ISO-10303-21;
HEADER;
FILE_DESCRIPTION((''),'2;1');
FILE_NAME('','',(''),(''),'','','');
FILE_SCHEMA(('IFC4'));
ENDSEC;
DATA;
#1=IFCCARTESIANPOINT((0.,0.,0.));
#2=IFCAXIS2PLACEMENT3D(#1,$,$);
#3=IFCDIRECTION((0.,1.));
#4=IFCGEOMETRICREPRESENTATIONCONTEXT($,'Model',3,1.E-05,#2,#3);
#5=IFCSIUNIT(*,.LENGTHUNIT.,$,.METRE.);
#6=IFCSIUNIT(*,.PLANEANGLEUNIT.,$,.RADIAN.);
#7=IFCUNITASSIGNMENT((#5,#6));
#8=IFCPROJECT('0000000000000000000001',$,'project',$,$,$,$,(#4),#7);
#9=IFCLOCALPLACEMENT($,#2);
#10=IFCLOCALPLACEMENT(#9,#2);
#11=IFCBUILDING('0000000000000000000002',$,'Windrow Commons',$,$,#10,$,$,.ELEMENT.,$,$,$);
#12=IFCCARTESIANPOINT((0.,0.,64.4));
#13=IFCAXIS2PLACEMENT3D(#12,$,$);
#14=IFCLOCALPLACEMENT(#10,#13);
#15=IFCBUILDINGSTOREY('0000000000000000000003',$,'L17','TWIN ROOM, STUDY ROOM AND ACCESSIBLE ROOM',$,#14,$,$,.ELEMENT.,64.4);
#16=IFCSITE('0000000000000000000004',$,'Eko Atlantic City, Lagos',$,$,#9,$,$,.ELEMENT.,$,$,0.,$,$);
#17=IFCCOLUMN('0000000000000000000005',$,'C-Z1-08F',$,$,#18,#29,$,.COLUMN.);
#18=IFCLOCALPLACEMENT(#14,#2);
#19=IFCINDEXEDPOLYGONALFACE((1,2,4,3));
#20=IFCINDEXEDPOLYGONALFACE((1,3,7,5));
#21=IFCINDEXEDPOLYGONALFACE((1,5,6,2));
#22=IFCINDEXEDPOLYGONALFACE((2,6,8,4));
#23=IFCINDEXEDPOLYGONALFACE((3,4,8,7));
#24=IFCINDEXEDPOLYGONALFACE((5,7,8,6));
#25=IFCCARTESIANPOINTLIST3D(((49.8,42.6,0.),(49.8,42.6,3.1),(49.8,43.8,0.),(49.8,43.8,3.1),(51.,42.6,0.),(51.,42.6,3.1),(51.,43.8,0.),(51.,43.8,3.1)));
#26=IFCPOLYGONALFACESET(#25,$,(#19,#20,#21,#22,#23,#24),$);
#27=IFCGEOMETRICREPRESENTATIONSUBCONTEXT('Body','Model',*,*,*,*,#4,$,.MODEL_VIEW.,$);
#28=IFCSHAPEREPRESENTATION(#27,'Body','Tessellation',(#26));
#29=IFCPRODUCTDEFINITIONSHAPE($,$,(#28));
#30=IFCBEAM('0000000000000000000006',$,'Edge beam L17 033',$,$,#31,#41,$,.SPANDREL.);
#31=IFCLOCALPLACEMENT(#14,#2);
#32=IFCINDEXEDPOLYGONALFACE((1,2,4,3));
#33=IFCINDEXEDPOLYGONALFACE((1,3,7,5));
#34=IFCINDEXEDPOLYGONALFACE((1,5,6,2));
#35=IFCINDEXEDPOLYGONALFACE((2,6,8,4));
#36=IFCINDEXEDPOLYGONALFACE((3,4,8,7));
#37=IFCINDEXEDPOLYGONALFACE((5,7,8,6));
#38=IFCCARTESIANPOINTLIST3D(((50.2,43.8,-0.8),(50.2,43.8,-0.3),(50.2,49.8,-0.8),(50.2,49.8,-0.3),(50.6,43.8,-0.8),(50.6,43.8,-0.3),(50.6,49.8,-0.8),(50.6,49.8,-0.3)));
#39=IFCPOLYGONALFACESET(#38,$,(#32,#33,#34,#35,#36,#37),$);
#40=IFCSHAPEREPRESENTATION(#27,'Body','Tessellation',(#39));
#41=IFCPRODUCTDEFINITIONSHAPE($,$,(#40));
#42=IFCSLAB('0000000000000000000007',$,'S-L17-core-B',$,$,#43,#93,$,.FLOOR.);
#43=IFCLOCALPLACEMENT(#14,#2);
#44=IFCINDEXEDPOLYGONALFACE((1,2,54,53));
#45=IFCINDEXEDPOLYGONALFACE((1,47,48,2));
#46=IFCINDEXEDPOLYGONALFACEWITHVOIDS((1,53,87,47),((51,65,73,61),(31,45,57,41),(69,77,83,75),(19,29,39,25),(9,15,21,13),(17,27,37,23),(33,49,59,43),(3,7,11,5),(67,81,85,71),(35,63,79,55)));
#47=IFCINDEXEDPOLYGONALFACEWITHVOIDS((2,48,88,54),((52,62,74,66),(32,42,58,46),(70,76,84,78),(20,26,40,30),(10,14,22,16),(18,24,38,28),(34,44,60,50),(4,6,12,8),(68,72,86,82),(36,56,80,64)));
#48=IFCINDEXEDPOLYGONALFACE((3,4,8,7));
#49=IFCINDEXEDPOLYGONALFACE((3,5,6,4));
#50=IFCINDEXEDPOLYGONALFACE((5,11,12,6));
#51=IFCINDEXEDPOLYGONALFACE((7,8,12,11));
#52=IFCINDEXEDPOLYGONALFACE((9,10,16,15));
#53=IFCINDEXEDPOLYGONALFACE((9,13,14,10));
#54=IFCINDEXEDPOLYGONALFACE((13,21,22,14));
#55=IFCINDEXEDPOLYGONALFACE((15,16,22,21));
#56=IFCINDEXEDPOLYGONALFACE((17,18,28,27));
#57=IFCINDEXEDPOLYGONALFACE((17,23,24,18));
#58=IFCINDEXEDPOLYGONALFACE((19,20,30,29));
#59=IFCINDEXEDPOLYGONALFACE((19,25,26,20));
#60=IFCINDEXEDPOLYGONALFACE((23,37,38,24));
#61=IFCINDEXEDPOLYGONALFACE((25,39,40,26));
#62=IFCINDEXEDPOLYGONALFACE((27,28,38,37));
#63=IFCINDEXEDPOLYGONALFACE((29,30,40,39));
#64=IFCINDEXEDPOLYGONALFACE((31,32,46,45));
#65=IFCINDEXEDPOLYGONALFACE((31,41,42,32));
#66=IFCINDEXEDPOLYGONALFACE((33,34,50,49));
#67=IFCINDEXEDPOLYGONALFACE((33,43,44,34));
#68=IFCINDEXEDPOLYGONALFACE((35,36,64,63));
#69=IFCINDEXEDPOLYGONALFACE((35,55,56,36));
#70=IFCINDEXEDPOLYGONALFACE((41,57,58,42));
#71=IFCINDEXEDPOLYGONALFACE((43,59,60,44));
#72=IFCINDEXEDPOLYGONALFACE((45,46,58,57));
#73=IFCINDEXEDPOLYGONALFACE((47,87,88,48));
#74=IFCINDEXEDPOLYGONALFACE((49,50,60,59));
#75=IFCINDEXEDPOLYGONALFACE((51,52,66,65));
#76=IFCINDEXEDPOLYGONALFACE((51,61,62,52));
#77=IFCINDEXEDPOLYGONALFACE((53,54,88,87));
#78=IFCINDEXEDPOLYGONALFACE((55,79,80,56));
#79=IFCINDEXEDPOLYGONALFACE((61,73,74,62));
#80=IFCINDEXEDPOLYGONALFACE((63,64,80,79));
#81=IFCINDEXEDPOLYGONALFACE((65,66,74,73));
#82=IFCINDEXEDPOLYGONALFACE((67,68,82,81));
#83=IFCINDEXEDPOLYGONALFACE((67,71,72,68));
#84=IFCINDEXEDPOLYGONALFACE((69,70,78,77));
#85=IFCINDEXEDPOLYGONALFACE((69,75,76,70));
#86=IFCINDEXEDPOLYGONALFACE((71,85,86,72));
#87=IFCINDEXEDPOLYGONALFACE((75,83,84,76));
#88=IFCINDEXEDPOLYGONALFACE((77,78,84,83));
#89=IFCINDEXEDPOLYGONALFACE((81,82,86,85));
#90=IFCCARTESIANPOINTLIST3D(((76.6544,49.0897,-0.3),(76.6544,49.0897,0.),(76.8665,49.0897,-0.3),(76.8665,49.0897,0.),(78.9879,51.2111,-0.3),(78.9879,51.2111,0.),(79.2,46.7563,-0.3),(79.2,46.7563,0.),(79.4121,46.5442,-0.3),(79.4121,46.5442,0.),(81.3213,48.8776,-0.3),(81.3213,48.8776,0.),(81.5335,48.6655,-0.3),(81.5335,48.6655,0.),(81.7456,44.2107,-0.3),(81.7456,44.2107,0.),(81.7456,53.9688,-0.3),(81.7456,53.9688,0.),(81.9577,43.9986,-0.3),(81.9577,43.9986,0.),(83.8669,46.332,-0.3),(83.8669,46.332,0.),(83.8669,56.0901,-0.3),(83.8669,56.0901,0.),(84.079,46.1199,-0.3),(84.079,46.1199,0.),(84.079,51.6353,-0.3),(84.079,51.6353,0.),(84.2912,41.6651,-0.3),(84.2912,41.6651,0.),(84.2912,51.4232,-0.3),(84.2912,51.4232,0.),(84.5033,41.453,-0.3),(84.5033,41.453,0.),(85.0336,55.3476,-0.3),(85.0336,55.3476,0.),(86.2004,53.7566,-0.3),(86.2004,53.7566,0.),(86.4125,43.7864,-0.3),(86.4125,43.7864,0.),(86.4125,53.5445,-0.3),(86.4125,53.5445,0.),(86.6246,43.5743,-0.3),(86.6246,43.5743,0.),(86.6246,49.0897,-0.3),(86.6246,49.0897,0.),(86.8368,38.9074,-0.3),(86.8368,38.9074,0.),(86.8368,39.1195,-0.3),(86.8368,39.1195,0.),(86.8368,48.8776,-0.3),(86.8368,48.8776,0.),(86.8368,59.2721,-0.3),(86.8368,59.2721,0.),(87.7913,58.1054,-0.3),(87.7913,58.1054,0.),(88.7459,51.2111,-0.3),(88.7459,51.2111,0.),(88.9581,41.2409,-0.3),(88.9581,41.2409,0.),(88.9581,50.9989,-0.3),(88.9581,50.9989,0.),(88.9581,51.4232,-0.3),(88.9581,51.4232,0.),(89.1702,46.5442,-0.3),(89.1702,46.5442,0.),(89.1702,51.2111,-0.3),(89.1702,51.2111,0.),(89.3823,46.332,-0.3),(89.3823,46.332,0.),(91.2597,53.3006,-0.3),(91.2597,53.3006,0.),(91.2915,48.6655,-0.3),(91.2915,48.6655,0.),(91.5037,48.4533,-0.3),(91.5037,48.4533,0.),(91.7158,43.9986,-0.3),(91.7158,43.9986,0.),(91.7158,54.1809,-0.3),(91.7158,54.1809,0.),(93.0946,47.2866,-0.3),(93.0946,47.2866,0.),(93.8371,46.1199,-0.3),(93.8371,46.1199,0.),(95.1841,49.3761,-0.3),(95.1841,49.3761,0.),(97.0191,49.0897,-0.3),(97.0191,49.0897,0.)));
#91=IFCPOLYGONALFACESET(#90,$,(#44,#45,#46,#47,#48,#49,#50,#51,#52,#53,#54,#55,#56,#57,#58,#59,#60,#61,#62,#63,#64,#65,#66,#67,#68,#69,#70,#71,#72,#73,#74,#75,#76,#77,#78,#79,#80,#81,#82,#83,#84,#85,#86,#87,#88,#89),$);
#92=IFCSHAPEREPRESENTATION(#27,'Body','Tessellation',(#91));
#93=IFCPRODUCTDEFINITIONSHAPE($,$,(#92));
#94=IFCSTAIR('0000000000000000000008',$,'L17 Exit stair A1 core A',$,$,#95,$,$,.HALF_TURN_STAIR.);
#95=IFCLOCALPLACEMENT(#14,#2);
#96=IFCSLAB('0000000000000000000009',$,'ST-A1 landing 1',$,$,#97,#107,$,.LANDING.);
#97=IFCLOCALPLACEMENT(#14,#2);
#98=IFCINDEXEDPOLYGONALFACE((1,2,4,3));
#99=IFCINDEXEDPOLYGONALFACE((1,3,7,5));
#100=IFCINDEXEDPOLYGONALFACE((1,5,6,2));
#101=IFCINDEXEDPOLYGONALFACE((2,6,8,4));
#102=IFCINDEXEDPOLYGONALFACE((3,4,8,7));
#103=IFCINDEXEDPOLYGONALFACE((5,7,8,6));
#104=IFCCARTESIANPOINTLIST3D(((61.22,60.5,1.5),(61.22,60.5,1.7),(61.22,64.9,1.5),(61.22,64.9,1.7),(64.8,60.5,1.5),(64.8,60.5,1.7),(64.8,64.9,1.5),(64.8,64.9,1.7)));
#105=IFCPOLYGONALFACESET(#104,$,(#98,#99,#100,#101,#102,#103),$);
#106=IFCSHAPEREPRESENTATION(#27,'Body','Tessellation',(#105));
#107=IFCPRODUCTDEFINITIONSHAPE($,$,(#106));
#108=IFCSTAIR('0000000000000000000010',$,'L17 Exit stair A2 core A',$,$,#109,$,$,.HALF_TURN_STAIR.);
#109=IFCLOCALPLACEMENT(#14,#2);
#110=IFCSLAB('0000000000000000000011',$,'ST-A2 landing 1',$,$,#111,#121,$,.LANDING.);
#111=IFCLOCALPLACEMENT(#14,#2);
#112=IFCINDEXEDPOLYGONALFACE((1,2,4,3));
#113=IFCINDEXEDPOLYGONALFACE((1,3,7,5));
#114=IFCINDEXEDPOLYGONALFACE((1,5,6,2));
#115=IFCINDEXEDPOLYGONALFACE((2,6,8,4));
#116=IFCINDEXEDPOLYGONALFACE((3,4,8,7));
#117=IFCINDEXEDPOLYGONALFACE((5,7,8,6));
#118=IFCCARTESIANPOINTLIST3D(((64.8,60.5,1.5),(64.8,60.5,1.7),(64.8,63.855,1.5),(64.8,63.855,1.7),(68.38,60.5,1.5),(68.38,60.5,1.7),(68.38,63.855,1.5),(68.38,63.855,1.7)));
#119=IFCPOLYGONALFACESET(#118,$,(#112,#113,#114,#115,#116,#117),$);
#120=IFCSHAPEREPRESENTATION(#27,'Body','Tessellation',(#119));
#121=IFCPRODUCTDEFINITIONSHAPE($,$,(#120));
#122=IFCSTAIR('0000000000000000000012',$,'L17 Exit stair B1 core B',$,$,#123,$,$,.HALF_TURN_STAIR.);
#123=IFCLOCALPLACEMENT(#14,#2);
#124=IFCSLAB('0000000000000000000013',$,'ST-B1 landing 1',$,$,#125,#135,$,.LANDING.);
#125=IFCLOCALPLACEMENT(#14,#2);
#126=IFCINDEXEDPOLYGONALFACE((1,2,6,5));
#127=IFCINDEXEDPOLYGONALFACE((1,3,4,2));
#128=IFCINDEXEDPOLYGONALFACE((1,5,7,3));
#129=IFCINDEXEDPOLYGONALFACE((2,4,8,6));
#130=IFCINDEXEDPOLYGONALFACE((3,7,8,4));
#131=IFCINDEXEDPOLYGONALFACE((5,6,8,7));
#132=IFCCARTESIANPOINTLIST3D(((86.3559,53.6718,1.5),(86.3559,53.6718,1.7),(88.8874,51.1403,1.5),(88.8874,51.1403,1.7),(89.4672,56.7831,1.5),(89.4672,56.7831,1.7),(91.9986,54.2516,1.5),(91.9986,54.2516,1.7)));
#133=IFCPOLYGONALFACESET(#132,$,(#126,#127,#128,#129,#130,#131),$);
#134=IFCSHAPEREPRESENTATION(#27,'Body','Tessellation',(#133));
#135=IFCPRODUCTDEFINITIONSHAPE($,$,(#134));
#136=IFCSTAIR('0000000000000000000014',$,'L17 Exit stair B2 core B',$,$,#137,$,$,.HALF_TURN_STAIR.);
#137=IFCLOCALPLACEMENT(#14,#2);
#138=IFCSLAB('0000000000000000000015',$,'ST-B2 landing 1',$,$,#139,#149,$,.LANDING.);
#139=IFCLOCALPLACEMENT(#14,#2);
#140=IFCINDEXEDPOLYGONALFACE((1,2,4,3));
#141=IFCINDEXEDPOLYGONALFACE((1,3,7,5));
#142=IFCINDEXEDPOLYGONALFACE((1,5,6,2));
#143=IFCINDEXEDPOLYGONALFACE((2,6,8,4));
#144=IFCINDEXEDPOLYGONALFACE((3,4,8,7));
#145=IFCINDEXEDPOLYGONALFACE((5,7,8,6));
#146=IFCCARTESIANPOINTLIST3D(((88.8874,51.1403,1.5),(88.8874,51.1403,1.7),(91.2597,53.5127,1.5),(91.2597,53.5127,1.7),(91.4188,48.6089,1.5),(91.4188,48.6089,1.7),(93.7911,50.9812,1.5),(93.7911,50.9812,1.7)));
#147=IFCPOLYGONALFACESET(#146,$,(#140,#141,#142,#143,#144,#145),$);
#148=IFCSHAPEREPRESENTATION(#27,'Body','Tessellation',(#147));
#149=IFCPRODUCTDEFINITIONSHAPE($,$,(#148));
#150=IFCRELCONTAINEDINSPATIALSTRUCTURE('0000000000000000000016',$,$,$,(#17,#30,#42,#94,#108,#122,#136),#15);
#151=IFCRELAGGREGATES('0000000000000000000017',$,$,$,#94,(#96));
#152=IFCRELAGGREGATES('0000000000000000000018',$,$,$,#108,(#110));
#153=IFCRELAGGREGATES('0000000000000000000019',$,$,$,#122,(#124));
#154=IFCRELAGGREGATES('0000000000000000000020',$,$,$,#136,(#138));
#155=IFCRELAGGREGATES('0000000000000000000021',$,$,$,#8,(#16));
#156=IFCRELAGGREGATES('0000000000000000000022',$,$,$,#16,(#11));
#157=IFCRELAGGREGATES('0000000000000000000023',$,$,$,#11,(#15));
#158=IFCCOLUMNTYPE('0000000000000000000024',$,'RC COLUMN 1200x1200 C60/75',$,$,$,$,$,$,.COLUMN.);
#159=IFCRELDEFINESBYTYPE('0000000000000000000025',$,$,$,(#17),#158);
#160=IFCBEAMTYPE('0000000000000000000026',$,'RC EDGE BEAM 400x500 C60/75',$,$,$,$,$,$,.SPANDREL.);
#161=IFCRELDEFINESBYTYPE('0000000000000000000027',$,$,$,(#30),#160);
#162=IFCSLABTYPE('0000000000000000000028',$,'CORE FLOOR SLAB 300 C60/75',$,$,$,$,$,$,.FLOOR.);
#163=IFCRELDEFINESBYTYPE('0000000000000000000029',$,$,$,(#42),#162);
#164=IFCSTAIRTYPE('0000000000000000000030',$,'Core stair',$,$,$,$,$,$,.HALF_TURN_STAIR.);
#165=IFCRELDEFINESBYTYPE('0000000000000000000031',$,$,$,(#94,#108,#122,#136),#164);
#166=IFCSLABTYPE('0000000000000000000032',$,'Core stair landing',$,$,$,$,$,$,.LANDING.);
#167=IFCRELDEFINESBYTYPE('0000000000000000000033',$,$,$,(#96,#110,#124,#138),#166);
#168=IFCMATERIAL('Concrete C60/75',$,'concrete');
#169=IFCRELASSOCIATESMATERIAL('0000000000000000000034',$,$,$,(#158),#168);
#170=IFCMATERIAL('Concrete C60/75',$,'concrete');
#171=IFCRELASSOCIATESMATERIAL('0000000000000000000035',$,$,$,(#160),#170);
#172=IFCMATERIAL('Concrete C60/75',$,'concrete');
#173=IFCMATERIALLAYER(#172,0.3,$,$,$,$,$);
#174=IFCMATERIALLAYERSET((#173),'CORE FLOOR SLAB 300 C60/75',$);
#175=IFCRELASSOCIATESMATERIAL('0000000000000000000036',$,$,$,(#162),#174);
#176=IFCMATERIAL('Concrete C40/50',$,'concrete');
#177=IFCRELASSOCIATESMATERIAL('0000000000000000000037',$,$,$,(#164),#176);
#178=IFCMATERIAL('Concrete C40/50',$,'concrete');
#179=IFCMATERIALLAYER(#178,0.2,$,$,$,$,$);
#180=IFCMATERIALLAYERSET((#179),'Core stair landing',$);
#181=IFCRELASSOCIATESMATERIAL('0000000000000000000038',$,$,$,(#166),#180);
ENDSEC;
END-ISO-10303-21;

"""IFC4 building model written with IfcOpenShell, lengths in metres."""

from ifc_helpers import new_model, si_unit, direction, frame, origin, origin_2d, place, context, subcontext, project, spatial, polyline, rectangle, outline, extrude, material, layer, layer_set, material_profile, profile_set, type_object, element, aggregate, save


model = new_model("IFC4")

# Units and contexts
model_context = context("Model", 3, precision=1e-05, world=origin(), true_north=direction((0.0, 1.0)))
body_context = subcontext(model_context, "Body", "Model", "MODEL_VIEW")
ifc_project = project(units=[si_unit("LENGTHUNIT", "METRE"), si_unit("PLANEANGLEUNIT", "RADIAN")], contexts=[model_context])

# Site, building, storey
site_placement = place(None, origin())
site = spatial("IfcSite", under=ifc_project, at=site_placement, Name="Eko Atlantic City, Lagos", CompositionType="ELEMENT", RefElevation=0.0)
building_placement = place(site_placement, origin())
building = spatial("IfcBuilding", under=site, at=building_placement, Name="Windrow Commons", CompositionType="ELEMENT")
storey_placement = place(building_placement, frame((0.0, 0.0, 64.4)))
storey = spatial("IfcBuildingStorey", under=building, at=storey_placement, Name="L17", Description="TWIN ROOM, STUDY ROOM AND ACCESSIBLE ROOM", CompositionType="ELEMENT", Elevation=64.4)

# Column
ifc_material_1 = material(Name="Concrete C60/75", Category="concrete")
ifc_material_profile_1 = material_profile(ifc_material_1, rectangle(XDim=1.2, YDim=1.2, at=origin_2d()))
ifc_profile_set_1 = profile_set([ifc_material_profile_1], Name="Concrete C60/75")
column_type = type_object("IfcColumnType", Name="RC COLUMN 1200x1200 C60/75", PredefinedType="COLUMN", material=ifc_profile_set_1)
column_placement = place(storey_placement, frame((50.4, 43.2, 0.0), z_axis=(0.0, 0.0, 1.0), x_axis=(1.0, 0.0, 0.0)))
element("IfcColumn", 1, at=column_placement, inside=storey, type_object=column_type, Name="C-Z1-08F", PredefinedType="COLUMN", context=body_context, shape_type="SweptSolid", body=[
    extrude(rectangle(XDim=1.2, YDim=1.2, at=origin_2d()), origin(), (0.0, 0.0, 1.0), 3.1),
])

# Beam
ifc_material_2 = material(Name="Concrete C60/75", Category="concrete")
ifc_material_profile_2 = material_profile(ifc_material_2, rectangle(XDim=0.4, YDim=0.5, at=origin_2d()))
ifc_profile_set_2 = profile_set([ifc_material_profile_2], Name="Concrete C60/75")
beam_type = type_object("IfcBeamType", Name="RC EDGE BEAM 400x500 C60/75", PredefinedType="SPANDREL", material=ifc_profile_set_2)
beam_placement = place(storey_placement, frame((50.4, 43.8, -0.55), z_axis=(0.0, 1.0, 0.0), x_axis=(-1.0, 0.0, 0.0)))
element("IfcBeam", 2, at=beam_placement, inside=storey, type_object=beam_type, Name="Edge beam L17 033", PredefinedType="SPANDREL", context=body_context, shape_type="SweptSolid", body=[
    extrude(rectangle(XDim=0.4, YDim=0.5, at=origin_2d()), origin(), (0.0, 0.0, 1.0), 6.0),
])

# Slab, openings
ifc_material_3 = material(Name="Concrete C60/75", Category="concrete")
ifc_layer_1 = layer(ifc_material_3, 0.3)
ifc_layer_set_1 = layer_set([ifc_layer_1], Name="CORE FLOOR SLAB 300 C60/75")
slab_type_1 = type_object("IfcSlabType", Name="CORE FLOOR SLAB 300 C60/75", PredefinedType="FLOOR", material=ifc_layer_set_1)
placement_1 = place(storey_placement, frame((0.0, 0.0, -0.3)))
slab_1 = element("IfcSlab", 3, at=placement_1, inside=storey, type_object=slab_type_1, Name="S-L17-core-B", PredefinedType="FLOOR", context=body_context, shape_type="SweptSolid", body=[
    extrude(outline(polyline([(76.6544, 49.0897), (86.8368, 38.9074), (97.0191, 49.0897), (86.8368, 59.2721), (76.6544, 49.0897)]), holes=[polyline([(76.8665, 49.0897), (79.2, 46.7563), (81.3213, 48.8776), (78.9879, 51.2111), (76.8665, 49.0897)]), polyline([(79.4121, 46.5442), (81.7456, 44.2107), (83.8669, 46.332), (81.5335, 48.6655), (79.4121, 46.5442)]), polyline([(81.9577, 43.9986), (84.2912, 41.6651), (86.4125, 43.7864), (84.079, 46.1199), (81.9577, 43.9986)]), polyline([(84.5033, 41.453), (86.8368, 39.1195), (88.9581, 41.2409), (86.6246, 43.5743), (84.5033, 41.453)]), polyline([(81.7456, 53.9688), (84.079, 51.6353), (86.2004, 53.7566), (83.8669, 56.0901), (81.7456, 53.9688)]), polyline([(84.2912, 51.4232), (86.6246, 49.0897), (88.7459, 51.2111), (86.4125, 53.5445), (84.2912, 51.4232)]), polyline([(86.8368, 48.8776), (89.1702, 46.5442), (91.2915, 48.6655), (88.9581, 50.9989), (86.8368, 48.8776)]), polyline([(89.3823, 46.332), (91.7158, 43.9986), (93.8371, 46.1199), (91.5037, 48.4533), (89.3823, 46.332)]), polyline([(85.0336, 55.3476), (88.9581, 51.4232), (91.7158, 54.1809), (87.7913, 58.1054), (85.0336, 55.3476)]), polyline([(89.1702, 51.2111), (93.0946, 47.2866), (95.1841, 49.3761), (91.2597, 53.3006), (89.1702, 51.2111)])]), origin(), (0.0, 0.0, 1.0), 0.3),
])
opening_1_placement = place(placement_1, origin())
element("IfcOpeningElement", 4, at=opening_1_placement, cuts=slab_1, PredefinedType="OPENING", context=body_context, shape_type="SweptSolid", body=[
    extrude(outline(polyline([(76.8736, 49.0897), (78.9879, 51.204), (81.3142, 48.8776), (79.2, 46.7634), (76.8736, 49.0897)])), origin(), (0.0, 0.0, 1.0), 0.3),
])
opening_2_placement = place(placement_1, origin())
element("IfcOpeningElement", 5, at=opening_2_placement, cuts=slab_1, PredefinedType="OPENING", context=body_context, shape_type="SweptSolid", body=[
    extrude(outline(polyline([(79.4192, 46.5442), (81.5335, 48.6584), (83.8598, 46.332), (81.7456, 44.2178), (79.4192, 46.5442)])), origin(), (0.0, 0.0, 1.0), 0.3),
])
opening_3_placement = place(placement_1, origin())
element("IfcOpeningElement", 6, at=opening_3_placement, cuts=slab_1, PredefinedType="OPENING", context=body_context, shape_type="SweptSolid", body=[
    extrude(outline(polyline([(81.9648, 43.9986), (84.079, 46.1128), (86.4054, 43.7864), (84.2912, 41.6722), (81.9648, 43.9986)])), origin(), (0.0, 0.0, 1.0), 0.3),
])
opening_4_placement = place(placement_1, origin())
element("IfcOpeningElement", 7, at=opening_4_placement, cuts=slab_1, PredefinedType="OPENING", context=body_context, shape_type="SweptSolid", body=[
    extrude(outline(polyline([(84.5104, 41.453), (86.6246, 43.5672), (88.951, 41.2409), (86.8368, 39.1266), (84.5104, 41.453)])), origin(), (0.0, 0.0, 1.0), 0.3),
])
opening_5_placement = place(placement_1, origin())
element("IfcOpeningElement", 8, at=opening_5_placement, cuts=slab_1, PredefinedType="OPENING", context=body_context, shape_type="SweptSolid", body=[
    extrude(outline(polyline([(81.7527, 53.9688), (83.8669, 56.083), (86.1933, 53.7566), (84.079, 51.6424), (81.7527, 53.9688)])), origin(), (0.0, 0.0, 1.0), 0.3),
])
opening_6_placement = place(placement_1, origin())
element("IfcOpeningElement", 9, at=opening_6_placement, cuts=slab_1, PredefinedType="OPENING", context=body_context, shape_type="SweptSolid", body=[
    extrude(outline(polyline([(84.2983, 51.4232), (86.4125, 53.5374), (88.7388, 51.2111), (86.6246, 49.0968), (84.2983, 51.4232)])), origin(), (0.0, 0.0, 1.0), 0.3),
])
opening_7_placement = place(placement_1, origin())
element("IfcOpeningElement", 10, at=opening_7_placement, cuts=slab_1, PredefinedType="OPENING", context=body_context, shape_type="SweptSolid", body=[
    extrude(outline(polyline([(86.8439, 48.8776), (88.9581, 50.9918), (91.2844, 48.6655), (89.1702, 46.5513), (86.8439, 48.8776)])), origin(), (0.0, 0.0, 1.0), 0.3),
])
opening_8_placement = place(placement_1, origin())
element("IfcOpeningElement", 11, at=opening_8_placement, cuts=slab_1, PredefinedType="OPENING", context=body_context, shape_type="SweptSolid", body=[
    extrude(outline(polyline([(89.3894, 46.332), (91.5037, 48.4462), (93.83, 46.1199), (91.7158, 44.0057), (89.3894, 46.332)])), origin(), (0.0, 0.0, 1.0), 0.3),
])
opening_9_placement = place(placement_1, origin())
element("IfcOpeningElement", 12, at=opening_9_placement, cuts=slab_1, PredefinedType="OPENING", context=body_context, shape_type="SweptSolid", body=[
    extrude(outline(polyline([(85.0407, 55.3476), (87.7913, 58.0983), (91.7087, 54.1809), (88.9581, 51.4303), (85.0407, 55.3476)])), origin(), (0.0, 0.0, 1.0), 0.3),
])
opening_10_placement = place(placement_1, origin())
element("IfcOpeningElement", 13, at=opening_10_placement, cuts=slab_1, PredefinedType="OPENING", context=body_context, shape_type="SweptSolid", body=[
    extrude(outline(polyline([(89.1773, 51.2111), (91.2597, 53.2935), (95.177, 49.3761), (93.0946, 47.2937), (89.1773, 51.2111)])), origin(), (0.0, 0.0, 1.0), 0.3),
])

# Stairs, slabs
ifc_material_4 = material(Name="Concrete C40/50", Category="concrete")
stair_type = type_object("IfcStairType", Name="Core stair", PredefinedType="HALF_TURN_STAIR", material=ifc_material_4)
placement_2 = place(storey_placement, origin())
stair_1 = element("IfcStair", 14, at=placement_2, inside=storey, type_object=stair_type, Name="L17 Exit stair A1 core A", PredefinedType="HALF_TURN_STAIR")
ifc_material_5 = material(Name="Concrete C40/50", Category="concrete")
ifc_layer_2 = layer(ifc_material_5, 0.2)
ifc_layer_set_2 = layer_set([ifc_layer_2], Name="Core stair landing")
slab_type_2 = type_object("IfcSlabType", Name="Core stair landing", PredefinedType="LANDING", material=ifc_layer_set_2)
placement_3 = place(storey_placement, frame((0.0, 0.0, 1.5)))
slab_2 = element("IfcSlab", 15, at=placement_3, type_object=slab_type_2, Name="ST-A1 landing 1", PredefinedType="LANDING", context=body_context, shape_type="SweptSolid", body=[
    extrude(outline(polyline([(61.22, 60.5), (64.8, 60.5), (64.8, 64.9), (61.22, 64.9), (61.22, 60.5)])), origin(), (0.0, 0.0, 1.0), 0.2),
])
aggregate(stair_1, [slab_2])
stair_2 = element("IfcStair", 16, at=placement_2, inside=storey, type_object=stair_type, Name="L17 Exit stair A2 core A", PredefinedType="HALF_TURN_STAIR")
slab_3 = element("IfcSlab", 17, at=placement_3, type_object=slab_type_2, Name="ST-A2 landing 1", PredefinedType="LANDING", context=body_context, shape_type="SweptSolid", body=[
    extrude(outline(polyline([(64.8, 60.5), (68.38, 60.5), (68.38, 63.855), (64.8, 63.855), (64.8, 60.5)])), origin(), (0.0, 0.0, 1.0), 0.2),
])
aggregate(stair_2, [slab_3])
stair_3 = element("IfcStair", 18, at=placement_2, inside=storey, type_object=stair_type, Name="L17 Exit stair B1 core B", PredefinedType="HALF_TURN_STAIR")
slab_4 = element("IfcSlab", 19, at=placement_3, type_object=slab_type_2, Name="ST-B1 landing 1", PredefinedType="LANDING", context=body_context, shape_type="SweptSolid", body=[
    extrude(outline(polyline([(86.3559, 53.6718), (88.8874, 51.1403), (91.9986, 54.2516), (89.4672, 56.7831), (86.3559, 53.6718)])), origin(), (0.0, 0.0, 1.0), 0.2),
])
aggregate(stair_3, [slab_4])
stair_4 = element("IfcStair", 20, at=placement_2, inside=storey, type_object=stair_type, Name="L17 Exit stair B2 core B", PredefinedType="HALF_TURN_STAIR")
slab_5 = element("IfcSlab", 21, at=placement_3, type_object=slab_type_2, Name="ST-B2 landing 1", PredefinedType="LANDING", context=body_context, shape_type="SweptSolid", body=[
    extrude(outline(polyline([(88.8874, 51.1403), (91.4188, 48.6089), (93.7911, 50.9812), (91.2597, 53.5127), (88.8874, 51.1403)])), origin(), (0.0, 0.0, 1.0), 0.2),
])
aggregate(stair_4, [slab_5])

save(model, "model.ifc")
